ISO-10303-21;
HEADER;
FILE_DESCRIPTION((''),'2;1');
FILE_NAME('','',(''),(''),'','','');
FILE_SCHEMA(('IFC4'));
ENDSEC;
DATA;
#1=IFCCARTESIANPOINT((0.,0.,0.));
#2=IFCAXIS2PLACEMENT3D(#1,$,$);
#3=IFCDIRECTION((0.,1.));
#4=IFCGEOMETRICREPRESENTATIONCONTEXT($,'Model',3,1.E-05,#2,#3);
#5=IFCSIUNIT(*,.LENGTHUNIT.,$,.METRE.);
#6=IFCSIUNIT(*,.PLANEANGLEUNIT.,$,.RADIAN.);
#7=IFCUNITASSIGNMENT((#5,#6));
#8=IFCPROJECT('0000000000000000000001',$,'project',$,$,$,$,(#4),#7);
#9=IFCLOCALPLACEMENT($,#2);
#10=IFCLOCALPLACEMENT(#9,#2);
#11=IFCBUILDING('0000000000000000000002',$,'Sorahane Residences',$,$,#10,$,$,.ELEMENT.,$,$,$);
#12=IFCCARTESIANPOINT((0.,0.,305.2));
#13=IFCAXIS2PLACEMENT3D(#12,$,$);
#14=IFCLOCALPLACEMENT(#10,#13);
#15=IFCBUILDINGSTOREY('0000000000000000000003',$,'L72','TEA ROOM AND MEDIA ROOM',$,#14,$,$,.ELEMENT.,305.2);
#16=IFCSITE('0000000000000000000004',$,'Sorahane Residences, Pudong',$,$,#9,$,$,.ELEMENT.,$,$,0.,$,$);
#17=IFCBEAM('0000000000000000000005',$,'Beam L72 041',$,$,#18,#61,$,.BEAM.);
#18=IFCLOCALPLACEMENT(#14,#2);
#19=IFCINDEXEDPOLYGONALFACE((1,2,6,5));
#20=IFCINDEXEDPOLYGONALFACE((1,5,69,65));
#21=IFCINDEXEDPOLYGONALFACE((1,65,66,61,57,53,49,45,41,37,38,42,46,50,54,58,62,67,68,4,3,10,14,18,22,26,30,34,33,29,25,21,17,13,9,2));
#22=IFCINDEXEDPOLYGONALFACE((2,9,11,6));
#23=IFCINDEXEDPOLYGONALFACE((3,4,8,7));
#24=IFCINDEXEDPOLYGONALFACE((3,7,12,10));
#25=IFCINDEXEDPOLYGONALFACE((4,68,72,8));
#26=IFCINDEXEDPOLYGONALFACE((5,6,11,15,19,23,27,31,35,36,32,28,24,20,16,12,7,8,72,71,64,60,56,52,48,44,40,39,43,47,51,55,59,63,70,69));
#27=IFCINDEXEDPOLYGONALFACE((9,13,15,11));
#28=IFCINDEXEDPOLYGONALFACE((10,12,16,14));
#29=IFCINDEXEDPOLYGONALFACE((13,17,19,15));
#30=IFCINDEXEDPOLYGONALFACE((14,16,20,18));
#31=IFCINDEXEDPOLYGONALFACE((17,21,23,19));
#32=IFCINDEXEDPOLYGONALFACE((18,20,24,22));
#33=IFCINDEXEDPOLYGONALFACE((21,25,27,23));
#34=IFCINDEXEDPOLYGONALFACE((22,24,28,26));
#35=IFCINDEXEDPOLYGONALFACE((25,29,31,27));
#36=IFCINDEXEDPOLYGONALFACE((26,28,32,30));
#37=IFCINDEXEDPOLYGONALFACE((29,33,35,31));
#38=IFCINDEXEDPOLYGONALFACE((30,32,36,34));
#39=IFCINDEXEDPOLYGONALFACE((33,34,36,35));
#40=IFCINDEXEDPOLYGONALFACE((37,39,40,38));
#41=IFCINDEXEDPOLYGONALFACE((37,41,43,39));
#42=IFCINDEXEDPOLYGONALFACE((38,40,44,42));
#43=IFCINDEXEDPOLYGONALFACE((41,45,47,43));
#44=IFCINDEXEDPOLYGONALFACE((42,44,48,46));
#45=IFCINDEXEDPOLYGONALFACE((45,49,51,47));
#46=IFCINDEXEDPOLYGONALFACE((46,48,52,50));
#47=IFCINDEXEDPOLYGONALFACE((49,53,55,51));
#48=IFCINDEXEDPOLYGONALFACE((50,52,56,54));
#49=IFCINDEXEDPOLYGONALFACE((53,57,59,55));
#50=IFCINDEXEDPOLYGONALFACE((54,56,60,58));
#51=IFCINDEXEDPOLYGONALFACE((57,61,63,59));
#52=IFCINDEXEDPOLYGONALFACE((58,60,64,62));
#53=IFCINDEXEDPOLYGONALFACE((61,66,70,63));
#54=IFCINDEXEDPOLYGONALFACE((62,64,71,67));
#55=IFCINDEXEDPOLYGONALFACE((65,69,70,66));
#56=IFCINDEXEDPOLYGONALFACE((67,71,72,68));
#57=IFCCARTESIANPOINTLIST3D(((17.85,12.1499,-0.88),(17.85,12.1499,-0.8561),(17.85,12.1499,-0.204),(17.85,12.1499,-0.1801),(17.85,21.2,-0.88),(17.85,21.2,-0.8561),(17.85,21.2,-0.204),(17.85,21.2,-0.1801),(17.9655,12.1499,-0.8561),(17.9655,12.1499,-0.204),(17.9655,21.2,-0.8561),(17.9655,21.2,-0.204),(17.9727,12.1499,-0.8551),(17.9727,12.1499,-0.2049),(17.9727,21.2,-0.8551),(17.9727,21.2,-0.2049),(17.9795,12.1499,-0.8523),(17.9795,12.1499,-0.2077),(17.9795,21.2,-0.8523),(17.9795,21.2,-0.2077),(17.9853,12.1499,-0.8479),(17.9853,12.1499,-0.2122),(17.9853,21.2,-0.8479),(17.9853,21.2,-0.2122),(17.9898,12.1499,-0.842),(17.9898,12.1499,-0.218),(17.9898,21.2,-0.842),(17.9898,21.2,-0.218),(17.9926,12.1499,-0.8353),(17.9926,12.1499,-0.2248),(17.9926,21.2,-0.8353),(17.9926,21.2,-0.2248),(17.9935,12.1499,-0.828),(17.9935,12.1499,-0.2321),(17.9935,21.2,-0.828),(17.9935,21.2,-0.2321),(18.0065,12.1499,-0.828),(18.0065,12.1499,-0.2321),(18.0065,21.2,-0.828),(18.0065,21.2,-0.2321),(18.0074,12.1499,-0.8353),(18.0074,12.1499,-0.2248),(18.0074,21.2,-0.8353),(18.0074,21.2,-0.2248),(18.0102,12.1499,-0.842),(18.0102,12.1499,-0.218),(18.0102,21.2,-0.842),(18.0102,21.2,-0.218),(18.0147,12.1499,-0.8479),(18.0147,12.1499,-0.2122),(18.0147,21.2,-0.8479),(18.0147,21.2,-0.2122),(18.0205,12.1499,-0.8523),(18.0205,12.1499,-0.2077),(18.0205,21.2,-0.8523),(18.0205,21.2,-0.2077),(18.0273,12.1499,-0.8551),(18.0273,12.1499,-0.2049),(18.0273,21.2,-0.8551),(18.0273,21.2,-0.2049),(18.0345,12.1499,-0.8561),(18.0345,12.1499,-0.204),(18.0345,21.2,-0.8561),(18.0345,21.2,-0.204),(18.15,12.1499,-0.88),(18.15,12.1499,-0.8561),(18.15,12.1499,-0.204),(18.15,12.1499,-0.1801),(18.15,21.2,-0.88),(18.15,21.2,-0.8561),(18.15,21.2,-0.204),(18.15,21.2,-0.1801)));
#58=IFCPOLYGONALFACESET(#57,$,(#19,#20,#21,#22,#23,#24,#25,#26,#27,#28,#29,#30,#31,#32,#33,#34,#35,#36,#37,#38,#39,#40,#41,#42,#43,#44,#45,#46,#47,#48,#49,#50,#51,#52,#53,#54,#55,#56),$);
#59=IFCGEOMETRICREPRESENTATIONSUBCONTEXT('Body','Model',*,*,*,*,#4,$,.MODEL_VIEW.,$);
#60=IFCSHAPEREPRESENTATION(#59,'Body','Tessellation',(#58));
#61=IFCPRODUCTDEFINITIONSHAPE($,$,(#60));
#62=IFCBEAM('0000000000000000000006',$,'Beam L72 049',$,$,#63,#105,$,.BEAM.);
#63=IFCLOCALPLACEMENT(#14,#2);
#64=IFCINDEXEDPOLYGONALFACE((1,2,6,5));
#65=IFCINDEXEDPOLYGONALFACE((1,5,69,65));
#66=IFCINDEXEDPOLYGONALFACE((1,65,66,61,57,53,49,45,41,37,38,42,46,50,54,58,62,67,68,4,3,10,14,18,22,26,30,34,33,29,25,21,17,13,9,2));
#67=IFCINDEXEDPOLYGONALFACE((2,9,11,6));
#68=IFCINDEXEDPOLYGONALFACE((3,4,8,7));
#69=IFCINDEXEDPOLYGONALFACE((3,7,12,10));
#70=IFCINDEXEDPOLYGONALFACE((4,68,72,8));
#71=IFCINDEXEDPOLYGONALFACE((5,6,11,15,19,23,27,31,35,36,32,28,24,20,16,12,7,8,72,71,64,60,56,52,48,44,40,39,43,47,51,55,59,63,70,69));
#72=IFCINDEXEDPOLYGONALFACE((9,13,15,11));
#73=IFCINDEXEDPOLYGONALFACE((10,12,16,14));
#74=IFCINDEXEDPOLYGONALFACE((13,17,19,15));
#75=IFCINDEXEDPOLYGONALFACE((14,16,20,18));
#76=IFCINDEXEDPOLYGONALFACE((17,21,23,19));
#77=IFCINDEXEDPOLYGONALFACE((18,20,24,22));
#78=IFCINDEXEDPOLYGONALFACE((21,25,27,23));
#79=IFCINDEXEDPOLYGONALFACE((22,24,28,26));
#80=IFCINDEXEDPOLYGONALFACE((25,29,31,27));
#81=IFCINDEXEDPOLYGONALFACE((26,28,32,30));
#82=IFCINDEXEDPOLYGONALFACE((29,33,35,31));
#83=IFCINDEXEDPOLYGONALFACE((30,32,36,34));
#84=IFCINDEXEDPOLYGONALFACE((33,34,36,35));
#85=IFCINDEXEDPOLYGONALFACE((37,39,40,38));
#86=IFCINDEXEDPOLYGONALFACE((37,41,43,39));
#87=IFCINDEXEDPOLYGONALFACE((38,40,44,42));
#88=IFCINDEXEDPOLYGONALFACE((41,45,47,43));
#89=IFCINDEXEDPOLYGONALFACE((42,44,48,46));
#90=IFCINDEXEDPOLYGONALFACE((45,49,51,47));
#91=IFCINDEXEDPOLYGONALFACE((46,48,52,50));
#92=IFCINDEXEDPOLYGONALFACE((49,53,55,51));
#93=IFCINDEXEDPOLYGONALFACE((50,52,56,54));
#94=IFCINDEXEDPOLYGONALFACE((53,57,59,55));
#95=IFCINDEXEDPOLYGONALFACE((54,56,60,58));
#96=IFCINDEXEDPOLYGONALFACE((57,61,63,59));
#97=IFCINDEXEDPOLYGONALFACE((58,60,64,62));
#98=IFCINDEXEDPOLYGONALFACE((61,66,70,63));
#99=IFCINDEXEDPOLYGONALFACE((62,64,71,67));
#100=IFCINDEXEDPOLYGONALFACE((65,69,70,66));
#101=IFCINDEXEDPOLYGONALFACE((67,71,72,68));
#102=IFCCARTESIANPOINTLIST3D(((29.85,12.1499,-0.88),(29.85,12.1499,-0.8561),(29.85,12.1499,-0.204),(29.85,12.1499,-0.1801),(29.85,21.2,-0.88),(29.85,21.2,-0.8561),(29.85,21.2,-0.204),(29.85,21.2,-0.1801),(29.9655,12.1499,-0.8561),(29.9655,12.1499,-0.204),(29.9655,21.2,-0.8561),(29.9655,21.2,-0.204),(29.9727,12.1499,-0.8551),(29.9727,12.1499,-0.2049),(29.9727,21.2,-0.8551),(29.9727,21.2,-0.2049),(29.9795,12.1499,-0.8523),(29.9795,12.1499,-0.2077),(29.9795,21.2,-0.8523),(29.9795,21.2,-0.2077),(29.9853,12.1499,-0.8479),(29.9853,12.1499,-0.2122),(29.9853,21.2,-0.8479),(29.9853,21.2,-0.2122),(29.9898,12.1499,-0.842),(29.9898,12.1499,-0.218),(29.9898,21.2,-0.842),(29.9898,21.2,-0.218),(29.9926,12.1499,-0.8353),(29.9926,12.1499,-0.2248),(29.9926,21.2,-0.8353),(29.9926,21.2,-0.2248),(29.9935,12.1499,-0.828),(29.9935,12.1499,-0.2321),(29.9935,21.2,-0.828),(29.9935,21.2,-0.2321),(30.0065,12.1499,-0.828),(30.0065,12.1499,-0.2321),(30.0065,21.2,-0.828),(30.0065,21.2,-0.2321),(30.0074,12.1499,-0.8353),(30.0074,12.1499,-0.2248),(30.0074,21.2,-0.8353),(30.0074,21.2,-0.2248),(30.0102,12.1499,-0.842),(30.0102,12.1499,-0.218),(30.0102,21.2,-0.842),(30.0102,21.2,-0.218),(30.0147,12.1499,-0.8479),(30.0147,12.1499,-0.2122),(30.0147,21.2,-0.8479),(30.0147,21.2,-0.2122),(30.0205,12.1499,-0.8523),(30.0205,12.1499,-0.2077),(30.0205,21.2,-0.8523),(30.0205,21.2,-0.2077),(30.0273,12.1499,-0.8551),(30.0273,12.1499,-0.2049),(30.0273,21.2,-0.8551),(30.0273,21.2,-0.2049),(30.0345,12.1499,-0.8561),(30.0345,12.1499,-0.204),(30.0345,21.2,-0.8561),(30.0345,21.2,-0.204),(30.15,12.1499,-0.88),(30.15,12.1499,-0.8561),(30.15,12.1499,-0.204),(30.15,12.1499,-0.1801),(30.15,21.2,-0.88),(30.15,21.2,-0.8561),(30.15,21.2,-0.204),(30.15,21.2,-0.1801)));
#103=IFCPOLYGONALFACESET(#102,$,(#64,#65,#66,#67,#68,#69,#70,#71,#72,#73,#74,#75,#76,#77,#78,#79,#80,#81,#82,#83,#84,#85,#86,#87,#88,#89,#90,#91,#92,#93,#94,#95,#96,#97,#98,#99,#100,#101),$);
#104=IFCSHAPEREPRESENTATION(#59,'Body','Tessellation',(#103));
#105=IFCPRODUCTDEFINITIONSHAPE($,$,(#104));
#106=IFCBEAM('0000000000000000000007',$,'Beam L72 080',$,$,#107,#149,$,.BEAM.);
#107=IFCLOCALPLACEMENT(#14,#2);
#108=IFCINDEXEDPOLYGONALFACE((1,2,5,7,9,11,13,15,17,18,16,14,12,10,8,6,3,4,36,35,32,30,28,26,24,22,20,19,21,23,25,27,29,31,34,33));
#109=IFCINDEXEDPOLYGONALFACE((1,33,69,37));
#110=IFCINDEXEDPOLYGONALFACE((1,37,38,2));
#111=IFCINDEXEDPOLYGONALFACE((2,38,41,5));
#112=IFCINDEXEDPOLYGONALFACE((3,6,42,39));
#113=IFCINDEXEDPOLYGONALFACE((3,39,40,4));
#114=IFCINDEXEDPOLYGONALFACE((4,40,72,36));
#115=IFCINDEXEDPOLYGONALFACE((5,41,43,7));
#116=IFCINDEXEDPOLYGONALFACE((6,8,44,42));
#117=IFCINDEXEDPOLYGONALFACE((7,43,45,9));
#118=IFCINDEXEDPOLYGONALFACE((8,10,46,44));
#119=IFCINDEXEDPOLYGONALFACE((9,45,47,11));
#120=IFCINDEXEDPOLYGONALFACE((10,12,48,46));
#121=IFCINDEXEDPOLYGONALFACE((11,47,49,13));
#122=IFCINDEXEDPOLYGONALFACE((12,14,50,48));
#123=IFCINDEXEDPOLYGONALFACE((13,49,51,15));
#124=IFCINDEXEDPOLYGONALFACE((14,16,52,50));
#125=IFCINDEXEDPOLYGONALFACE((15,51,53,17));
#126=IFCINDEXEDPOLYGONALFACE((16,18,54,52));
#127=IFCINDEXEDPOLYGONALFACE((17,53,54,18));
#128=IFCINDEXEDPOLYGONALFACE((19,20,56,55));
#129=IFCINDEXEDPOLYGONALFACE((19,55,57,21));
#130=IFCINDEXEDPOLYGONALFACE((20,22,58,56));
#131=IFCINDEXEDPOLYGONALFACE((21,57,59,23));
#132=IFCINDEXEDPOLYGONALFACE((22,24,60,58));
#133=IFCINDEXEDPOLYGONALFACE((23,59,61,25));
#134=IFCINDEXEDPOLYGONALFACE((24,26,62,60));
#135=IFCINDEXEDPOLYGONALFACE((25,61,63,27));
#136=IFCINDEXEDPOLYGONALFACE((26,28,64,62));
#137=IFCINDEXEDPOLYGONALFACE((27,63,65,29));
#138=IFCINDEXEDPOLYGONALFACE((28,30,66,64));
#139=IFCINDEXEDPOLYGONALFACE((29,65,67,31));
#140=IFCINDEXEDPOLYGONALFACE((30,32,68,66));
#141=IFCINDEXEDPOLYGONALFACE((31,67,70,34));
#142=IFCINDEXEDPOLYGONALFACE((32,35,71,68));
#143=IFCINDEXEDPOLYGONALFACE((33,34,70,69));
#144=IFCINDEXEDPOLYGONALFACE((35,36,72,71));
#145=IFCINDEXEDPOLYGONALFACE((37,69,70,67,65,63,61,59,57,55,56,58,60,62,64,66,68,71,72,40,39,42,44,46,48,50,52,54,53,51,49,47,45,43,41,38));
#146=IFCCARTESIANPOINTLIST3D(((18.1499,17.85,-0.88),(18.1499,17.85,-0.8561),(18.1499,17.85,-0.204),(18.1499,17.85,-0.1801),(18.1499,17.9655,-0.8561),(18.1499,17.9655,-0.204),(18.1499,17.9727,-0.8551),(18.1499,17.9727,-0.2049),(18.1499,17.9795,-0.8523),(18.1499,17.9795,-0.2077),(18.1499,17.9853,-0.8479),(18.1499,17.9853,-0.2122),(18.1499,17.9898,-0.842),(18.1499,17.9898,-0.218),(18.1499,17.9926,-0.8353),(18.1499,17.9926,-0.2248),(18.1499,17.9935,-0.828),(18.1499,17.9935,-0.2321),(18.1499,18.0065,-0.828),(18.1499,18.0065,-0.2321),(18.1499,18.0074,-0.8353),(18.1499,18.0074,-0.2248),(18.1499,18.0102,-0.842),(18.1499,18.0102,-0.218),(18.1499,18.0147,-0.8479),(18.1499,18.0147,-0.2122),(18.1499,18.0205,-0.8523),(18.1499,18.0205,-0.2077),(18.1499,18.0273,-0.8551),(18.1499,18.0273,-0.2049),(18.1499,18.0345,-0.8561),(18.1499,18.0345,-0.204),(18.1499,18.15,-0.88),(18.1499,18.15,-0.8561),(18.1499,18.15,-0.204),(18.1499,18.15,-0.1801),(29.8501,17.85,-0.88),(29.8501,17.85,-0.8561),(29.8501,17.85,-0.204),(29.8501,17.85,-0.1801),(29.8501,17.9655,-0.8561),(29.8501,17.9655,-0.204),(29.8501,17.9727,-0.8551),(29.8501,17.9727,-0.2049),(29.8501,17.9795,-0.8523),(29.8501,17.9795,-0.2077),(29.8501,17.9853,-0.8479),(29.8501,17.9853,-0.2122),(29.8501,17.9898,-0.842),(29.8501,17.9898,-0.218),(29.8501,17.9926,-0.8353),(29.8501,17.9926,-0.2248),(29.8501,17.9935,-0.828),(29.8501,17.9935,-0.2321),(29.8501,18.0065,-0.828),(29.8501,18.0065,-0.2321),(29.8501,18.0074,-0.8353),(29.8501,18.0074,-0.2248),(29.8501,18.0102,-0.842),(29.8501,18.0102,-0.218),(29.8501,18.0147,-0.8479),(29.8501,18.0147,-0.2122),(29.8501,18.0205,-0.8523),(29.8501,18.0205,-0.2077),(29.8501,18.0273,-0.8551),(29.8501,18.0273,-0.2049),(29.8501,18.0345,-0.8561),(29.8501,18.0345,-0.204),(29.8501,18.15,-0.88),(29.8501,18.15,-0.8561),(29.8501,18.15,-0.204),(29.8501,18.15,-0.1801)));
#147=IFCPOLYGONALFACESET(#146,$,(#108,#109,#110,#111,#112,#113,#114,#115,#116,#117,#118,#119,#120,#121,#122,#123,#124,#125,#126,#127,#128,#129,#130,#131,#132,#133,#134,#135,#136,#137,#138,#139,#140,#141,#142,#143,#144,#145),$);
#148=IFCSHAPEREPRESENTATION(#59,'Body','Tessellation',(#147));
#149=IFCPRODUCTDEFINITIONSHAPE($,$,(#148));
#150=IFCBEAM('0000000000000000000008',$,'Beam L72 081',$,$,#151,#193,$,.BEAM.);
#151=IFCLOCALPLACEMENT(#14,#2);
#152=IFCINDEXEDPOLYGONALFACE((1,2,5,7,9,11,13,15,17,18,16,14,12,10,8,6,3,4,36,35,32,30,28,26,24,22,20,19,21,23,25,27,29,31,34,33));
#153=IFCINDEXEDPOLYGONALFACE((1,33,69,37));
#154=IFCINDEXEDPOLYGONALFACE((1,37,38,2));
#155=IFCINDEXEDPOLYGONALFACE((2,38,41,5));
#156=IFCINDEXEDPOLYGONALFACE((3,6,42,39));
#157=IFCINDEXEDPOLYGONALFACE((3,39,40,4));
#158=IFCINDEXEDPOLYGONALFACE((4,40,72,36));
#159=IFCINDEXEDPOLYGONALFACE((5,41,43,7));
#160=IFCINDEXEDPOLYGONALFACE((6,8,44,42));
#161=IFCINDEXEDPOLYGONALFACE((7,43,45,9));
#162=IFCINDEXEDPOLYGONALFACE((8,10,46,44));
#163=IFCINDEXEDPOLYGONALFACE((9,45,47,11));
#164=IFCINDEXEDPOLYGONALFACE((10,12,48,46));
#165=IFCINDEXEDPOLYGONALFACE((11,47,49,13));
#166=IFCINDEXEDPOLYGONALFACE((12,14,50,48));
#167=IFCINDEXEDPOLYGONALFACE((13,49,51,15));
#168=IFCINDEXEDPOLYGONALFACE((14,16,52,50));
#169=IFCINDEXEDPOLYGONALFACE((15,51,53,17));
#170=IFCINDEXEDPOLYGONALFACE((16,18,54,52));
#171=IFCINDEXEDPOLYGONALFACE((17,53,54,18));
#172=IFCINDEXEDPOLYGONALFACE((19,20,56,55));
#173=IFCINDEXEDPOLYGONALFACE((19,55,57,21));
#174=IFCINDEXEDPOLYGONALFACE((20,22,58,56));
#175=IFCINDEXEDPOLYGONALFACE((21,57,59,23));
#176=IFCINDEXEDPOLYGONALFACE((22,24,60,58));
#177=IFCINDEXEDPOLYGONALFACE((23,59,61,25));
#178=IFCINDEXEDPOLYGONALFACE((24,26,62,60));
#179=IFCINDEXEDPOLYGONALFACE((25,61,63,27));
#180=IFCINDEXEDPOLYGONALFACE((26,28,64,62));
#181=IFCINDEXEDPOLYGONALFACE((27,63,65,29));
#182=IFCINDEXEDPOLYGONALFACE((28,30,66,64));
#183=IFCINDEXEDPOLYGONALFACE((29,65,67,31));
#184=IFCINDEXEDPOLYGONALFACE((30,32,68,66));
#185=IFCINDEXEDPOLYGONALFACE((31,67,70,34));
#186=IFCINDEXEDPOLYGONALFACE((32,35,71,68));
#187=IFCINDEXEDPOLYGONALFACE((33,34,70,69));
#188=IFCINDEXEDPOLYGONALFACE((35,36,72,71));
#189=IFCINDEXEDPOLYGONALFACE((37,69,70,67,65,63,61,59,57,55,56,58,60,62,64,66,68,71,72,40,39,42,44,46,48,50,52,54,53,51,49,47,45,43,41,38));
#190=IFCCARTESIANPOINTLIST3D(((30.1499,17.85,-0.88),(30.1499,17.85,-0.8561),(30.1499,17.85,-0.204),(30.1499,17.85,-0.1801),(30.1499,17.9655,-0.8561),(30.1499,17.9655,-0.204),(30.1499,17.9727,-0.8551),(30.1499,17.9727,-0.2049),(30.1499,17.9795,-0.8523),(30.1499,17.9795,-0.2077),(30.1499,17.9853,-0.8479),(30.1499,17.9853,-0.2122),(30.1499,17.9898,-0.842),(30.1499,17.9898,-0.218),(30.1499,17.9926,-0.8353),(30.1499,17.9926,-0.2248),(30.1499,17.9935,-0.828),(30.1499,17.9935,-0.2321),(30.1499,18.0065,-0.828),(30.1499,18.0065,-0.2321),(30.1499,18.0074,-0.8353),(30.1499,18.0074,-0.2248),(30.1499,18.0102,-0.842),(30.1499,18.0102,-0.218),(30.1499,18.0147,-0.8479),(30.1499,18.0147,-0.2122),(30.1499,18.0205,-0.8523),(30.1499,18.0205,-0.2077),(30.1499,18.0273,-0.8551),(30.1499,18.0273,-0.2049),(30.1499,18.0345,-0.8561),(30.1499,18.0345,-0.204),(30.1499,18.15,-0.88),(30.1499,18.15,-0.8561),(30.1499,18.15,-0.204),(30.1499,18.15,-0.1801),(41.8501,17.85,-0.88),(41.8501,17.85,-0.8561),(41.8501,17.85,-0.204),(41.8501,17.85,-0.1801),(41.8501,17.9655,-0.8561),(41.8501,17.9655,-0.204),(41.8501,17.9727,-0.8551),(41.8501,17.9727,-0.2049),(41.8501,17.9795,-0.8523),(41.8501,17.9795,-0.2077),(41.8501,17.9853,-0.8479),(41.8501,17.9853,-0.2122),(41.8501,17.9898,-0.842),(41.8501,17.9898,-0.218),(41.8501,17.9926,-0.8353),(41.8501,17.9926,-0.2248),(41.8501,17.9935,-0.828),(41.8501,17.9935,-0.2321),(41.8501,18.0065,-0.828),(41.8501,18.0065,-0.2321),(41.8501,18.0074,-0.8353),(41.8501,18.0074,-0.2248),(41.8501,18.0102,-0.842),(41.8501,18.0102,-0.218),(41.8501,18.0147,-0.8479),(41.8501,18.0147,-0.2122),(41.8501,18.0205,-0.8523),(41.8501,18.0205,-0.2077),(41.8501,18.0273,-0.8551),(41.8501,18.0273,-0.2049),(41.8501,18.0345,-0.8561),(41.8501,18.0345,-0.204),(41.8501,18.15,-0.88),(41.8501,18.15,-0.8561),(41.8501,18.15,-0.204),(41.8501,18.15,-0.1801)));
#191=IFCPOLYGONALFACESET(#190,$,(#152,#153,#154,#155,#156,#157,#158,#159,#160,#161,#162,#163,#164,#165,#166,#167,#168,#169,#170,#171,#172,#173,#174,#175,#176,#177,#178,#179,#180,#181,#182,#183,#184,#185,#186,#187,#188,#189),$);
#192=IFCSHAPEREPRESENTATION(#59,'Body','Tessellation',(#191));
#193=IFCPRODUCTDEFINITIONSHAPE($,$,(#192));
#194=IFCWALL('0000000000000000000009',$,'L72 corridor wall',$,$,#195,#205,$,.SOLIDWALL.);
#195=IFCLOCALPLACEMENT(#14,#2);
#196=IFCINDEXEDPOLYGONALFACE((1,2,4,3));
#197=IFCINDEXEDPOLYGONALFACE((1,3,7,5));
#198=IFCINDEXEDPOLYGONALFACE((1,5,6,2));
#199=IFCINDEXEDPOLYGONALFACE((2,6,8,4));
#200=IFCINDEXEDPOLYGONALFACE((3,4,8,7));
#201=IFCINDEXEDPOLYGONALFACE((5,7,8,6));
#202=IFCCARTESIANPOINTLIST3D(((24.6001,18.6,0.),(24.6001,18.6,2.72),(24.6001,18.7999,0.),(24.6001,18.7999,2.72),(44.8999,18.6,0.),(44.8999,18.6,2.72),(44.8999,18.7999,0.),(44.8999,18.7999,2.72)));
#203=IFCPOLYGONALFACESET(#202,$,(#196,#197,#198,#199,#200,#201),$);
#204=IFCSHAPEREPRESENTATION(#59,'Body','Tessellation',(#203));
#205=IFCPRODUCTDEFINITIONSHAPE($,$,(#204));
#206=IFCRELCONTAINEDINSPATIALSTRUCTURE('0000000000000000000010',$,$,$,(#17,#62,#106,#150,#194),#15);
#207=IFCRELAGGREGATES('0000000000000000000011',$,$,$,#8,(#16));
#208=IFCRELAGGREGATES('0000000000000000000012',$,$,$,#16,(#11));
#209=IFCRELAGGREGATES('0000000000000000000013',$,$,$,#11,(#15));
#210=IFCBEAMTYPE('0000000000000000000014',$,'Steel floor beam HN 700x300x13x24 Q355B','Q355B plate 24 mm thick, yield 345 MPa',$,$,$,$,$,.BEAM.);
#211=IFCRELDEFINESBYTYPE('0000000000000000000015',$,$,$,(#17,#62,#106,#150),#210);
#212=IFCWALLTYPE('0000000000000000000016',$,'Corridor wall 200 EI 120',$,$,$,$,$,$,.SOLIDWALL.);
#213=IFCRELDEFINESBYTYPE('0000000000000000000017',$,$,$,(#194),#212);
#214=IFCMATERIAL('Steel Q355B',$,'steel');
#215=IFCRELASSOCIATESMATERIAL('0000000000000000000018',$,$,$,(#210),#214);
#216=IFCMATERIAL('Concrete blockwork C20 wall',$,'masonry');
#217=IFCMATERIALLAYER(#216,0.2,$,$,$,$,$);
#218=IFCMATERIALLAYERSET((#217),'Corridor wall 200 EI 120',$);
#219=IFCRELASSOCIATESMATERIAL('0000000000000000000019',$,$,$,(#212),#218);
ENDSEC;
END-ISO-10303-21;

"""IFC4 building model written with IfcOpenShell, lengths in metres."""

from ifc_helpers import new_model, si_unit, direction, frame, frame_2d, origin, origin_2d, place, context, subcontext, project, spatial, rectangle, i_section, extrude, material, layer, layer_set, material_profile, profile_set, type_object, element, save


model = new_model("IFC4")

# Units and contexts
model_context = context("Model", 3, precision=1e-05, world=origin(), true_north=direction((0.0, 1.0)))
body_context = subcontext(model_context, "Body", "Model", "MODEL_VIEW")
ifc_project = project(units=[si_unit("LENGTHUNIT", "METRE"), si_unit("PLANEANGLEUNIT", "RADIAN")], contexts=[model_context])

# Site, building, storey
site_placement = place(None, origin())
site = spatial("IfcSite", under=ifc_project, at=site_placement, Name="Sorahane Residences, Pudong", CompositionType="ELEMENT", RefElevation=0.0)
building_placement = place(site_placement, origin())
building = spatial("IfcBuilding", under=site, at=building_placement, Name="Sorahane Residences", CompositionType="ELEMENT")
storey_placement = place(building_placement, frame((0.0, 0.0, 305.2)))
storey = spatial("IfcBuildingStorey", under=building, at=storey_placement, Name="L72", Description="TEA ROOM AND MEDIA ROOM", CompositionType="ELEMENT", Elevation=305.2)

# Beams
ifc_material_1 = material(Name="Steel Q355B", Category="steel")
ifc_material_profile_1 = material_profile(ifc_material_1, i_section(OverallWidth=0.3, OverallDepth=0.7, WebThickness=0.0129, FlangeThickness=0.0239, FilletRadius=0.0281, at=origin_2d()), Name="HN 700x300x13x24")
ifc_profile_set_1 = profile_set([ifc_material_profile_1], Name="Steel Q355B")
beam_type_1 = type_object("IfcBeamType", Name="Steel floor beam HN 700x300x13x24 Q355B", Description="Q355B plate 24 mm thick, yield 345 MPa", PredefinedType="BEAM", material=ifc_profile_set_1)
for number, where, z_axis, x_axis, name in (
    (1, (18.0, 12.1499, -0.53), (0.0, 1.0, 0.0), (-1.0, 0.0, 0.0), "Beam L72 041"),
    (2, (30.0, 12.1499, -0.53), (0.0, 1.0, 0.0), (-1.0, 0.0, 0.0), "Beam L72 049"),
):
    element("IfcBeam", number, at=place(storey_placement, frame(where, z_axis=z_axis, x_axis=x_axis)), inside=storey, type_object=beam_type_1, Name=name, PredefinedType="BEAM", context=body_context, shape_type="SweptSolid", body=[
        extrude(i_section(OverallWidth=0.3, OverallDepth=0.7, WebThickness=0.0129, FlangeThickness=0.0239, FilletRadius=0.0281, at=origin_2d()), origin(), (0.0, 0.0, 1.0), 9.05),
    ])
for number, where, z_axis, x_axis, name in (
    (3, (18.1499, 18.0, -0.53), (1.0, 0.0, 0.0), (0.0, 1.0, 0.0), "Beam L72 080"),
    (4, (30.1499, 18.0, -0.53), (1.0, 0.0, 0.0), (0.0, 1.0, 0.0), "Beam L72 081"),
):
    element("IfcBeam", number, at=place(storey_placement, frame(where, z_axis=z_axis, x_axis=x_axis)), inside=storey, type_object=beam_type_1, Name=name, PredefinedType="BEAM", context=body_context, shape_type="SweptSolid", body=[
        extrude(i_section(OverallWidth=0.3, OverallDepth=0.7, WebThickness=0.0129, FlangeThickness=0.0239, FilletRadius=0.0281, at=origin_2d()), origin(), (0.0, 0.0, 1.0), 11.7002),
    ])

# Wall
ifc_material_2 = material(Name="Concrete blockwork C20 wall", Category="masonry")
ifc_layer_1 = layer(ifc_material_2, 0.2)
ifc_layer_set_1 = layer_set([ifc_layer_1], Name="Corridor wall 200 EI 120")
wall_type_1 = type_object("IfcWallType", Name="Corridor wall 200 EI 120", PredefinedType="SOLIDWALL", material=ifc_layer_set_1)
wall_1_placement = place(storey_placement, frame((24.6001, 18.7, 0.0), z_axis=(0.0, 0.0, 1.0), x_axis=(1.0, 0.0, 0.0)))
element("IfcWall", 5, at=wall_1_placement, inside=storey, type_object=wall_type_1, Name="L72 corridor wall", PredefinedType="SOLIDWALL", context=body_context, shape_type="SweptSolid", body=[
    extrude(rectangle(XDim=20.2998, YDim=0.2, at=frame_2d((10.1499, 0.0))), origin(), (0.0, 0.0, 1.0), 2.72),
])

save(model, "model.ifc")
